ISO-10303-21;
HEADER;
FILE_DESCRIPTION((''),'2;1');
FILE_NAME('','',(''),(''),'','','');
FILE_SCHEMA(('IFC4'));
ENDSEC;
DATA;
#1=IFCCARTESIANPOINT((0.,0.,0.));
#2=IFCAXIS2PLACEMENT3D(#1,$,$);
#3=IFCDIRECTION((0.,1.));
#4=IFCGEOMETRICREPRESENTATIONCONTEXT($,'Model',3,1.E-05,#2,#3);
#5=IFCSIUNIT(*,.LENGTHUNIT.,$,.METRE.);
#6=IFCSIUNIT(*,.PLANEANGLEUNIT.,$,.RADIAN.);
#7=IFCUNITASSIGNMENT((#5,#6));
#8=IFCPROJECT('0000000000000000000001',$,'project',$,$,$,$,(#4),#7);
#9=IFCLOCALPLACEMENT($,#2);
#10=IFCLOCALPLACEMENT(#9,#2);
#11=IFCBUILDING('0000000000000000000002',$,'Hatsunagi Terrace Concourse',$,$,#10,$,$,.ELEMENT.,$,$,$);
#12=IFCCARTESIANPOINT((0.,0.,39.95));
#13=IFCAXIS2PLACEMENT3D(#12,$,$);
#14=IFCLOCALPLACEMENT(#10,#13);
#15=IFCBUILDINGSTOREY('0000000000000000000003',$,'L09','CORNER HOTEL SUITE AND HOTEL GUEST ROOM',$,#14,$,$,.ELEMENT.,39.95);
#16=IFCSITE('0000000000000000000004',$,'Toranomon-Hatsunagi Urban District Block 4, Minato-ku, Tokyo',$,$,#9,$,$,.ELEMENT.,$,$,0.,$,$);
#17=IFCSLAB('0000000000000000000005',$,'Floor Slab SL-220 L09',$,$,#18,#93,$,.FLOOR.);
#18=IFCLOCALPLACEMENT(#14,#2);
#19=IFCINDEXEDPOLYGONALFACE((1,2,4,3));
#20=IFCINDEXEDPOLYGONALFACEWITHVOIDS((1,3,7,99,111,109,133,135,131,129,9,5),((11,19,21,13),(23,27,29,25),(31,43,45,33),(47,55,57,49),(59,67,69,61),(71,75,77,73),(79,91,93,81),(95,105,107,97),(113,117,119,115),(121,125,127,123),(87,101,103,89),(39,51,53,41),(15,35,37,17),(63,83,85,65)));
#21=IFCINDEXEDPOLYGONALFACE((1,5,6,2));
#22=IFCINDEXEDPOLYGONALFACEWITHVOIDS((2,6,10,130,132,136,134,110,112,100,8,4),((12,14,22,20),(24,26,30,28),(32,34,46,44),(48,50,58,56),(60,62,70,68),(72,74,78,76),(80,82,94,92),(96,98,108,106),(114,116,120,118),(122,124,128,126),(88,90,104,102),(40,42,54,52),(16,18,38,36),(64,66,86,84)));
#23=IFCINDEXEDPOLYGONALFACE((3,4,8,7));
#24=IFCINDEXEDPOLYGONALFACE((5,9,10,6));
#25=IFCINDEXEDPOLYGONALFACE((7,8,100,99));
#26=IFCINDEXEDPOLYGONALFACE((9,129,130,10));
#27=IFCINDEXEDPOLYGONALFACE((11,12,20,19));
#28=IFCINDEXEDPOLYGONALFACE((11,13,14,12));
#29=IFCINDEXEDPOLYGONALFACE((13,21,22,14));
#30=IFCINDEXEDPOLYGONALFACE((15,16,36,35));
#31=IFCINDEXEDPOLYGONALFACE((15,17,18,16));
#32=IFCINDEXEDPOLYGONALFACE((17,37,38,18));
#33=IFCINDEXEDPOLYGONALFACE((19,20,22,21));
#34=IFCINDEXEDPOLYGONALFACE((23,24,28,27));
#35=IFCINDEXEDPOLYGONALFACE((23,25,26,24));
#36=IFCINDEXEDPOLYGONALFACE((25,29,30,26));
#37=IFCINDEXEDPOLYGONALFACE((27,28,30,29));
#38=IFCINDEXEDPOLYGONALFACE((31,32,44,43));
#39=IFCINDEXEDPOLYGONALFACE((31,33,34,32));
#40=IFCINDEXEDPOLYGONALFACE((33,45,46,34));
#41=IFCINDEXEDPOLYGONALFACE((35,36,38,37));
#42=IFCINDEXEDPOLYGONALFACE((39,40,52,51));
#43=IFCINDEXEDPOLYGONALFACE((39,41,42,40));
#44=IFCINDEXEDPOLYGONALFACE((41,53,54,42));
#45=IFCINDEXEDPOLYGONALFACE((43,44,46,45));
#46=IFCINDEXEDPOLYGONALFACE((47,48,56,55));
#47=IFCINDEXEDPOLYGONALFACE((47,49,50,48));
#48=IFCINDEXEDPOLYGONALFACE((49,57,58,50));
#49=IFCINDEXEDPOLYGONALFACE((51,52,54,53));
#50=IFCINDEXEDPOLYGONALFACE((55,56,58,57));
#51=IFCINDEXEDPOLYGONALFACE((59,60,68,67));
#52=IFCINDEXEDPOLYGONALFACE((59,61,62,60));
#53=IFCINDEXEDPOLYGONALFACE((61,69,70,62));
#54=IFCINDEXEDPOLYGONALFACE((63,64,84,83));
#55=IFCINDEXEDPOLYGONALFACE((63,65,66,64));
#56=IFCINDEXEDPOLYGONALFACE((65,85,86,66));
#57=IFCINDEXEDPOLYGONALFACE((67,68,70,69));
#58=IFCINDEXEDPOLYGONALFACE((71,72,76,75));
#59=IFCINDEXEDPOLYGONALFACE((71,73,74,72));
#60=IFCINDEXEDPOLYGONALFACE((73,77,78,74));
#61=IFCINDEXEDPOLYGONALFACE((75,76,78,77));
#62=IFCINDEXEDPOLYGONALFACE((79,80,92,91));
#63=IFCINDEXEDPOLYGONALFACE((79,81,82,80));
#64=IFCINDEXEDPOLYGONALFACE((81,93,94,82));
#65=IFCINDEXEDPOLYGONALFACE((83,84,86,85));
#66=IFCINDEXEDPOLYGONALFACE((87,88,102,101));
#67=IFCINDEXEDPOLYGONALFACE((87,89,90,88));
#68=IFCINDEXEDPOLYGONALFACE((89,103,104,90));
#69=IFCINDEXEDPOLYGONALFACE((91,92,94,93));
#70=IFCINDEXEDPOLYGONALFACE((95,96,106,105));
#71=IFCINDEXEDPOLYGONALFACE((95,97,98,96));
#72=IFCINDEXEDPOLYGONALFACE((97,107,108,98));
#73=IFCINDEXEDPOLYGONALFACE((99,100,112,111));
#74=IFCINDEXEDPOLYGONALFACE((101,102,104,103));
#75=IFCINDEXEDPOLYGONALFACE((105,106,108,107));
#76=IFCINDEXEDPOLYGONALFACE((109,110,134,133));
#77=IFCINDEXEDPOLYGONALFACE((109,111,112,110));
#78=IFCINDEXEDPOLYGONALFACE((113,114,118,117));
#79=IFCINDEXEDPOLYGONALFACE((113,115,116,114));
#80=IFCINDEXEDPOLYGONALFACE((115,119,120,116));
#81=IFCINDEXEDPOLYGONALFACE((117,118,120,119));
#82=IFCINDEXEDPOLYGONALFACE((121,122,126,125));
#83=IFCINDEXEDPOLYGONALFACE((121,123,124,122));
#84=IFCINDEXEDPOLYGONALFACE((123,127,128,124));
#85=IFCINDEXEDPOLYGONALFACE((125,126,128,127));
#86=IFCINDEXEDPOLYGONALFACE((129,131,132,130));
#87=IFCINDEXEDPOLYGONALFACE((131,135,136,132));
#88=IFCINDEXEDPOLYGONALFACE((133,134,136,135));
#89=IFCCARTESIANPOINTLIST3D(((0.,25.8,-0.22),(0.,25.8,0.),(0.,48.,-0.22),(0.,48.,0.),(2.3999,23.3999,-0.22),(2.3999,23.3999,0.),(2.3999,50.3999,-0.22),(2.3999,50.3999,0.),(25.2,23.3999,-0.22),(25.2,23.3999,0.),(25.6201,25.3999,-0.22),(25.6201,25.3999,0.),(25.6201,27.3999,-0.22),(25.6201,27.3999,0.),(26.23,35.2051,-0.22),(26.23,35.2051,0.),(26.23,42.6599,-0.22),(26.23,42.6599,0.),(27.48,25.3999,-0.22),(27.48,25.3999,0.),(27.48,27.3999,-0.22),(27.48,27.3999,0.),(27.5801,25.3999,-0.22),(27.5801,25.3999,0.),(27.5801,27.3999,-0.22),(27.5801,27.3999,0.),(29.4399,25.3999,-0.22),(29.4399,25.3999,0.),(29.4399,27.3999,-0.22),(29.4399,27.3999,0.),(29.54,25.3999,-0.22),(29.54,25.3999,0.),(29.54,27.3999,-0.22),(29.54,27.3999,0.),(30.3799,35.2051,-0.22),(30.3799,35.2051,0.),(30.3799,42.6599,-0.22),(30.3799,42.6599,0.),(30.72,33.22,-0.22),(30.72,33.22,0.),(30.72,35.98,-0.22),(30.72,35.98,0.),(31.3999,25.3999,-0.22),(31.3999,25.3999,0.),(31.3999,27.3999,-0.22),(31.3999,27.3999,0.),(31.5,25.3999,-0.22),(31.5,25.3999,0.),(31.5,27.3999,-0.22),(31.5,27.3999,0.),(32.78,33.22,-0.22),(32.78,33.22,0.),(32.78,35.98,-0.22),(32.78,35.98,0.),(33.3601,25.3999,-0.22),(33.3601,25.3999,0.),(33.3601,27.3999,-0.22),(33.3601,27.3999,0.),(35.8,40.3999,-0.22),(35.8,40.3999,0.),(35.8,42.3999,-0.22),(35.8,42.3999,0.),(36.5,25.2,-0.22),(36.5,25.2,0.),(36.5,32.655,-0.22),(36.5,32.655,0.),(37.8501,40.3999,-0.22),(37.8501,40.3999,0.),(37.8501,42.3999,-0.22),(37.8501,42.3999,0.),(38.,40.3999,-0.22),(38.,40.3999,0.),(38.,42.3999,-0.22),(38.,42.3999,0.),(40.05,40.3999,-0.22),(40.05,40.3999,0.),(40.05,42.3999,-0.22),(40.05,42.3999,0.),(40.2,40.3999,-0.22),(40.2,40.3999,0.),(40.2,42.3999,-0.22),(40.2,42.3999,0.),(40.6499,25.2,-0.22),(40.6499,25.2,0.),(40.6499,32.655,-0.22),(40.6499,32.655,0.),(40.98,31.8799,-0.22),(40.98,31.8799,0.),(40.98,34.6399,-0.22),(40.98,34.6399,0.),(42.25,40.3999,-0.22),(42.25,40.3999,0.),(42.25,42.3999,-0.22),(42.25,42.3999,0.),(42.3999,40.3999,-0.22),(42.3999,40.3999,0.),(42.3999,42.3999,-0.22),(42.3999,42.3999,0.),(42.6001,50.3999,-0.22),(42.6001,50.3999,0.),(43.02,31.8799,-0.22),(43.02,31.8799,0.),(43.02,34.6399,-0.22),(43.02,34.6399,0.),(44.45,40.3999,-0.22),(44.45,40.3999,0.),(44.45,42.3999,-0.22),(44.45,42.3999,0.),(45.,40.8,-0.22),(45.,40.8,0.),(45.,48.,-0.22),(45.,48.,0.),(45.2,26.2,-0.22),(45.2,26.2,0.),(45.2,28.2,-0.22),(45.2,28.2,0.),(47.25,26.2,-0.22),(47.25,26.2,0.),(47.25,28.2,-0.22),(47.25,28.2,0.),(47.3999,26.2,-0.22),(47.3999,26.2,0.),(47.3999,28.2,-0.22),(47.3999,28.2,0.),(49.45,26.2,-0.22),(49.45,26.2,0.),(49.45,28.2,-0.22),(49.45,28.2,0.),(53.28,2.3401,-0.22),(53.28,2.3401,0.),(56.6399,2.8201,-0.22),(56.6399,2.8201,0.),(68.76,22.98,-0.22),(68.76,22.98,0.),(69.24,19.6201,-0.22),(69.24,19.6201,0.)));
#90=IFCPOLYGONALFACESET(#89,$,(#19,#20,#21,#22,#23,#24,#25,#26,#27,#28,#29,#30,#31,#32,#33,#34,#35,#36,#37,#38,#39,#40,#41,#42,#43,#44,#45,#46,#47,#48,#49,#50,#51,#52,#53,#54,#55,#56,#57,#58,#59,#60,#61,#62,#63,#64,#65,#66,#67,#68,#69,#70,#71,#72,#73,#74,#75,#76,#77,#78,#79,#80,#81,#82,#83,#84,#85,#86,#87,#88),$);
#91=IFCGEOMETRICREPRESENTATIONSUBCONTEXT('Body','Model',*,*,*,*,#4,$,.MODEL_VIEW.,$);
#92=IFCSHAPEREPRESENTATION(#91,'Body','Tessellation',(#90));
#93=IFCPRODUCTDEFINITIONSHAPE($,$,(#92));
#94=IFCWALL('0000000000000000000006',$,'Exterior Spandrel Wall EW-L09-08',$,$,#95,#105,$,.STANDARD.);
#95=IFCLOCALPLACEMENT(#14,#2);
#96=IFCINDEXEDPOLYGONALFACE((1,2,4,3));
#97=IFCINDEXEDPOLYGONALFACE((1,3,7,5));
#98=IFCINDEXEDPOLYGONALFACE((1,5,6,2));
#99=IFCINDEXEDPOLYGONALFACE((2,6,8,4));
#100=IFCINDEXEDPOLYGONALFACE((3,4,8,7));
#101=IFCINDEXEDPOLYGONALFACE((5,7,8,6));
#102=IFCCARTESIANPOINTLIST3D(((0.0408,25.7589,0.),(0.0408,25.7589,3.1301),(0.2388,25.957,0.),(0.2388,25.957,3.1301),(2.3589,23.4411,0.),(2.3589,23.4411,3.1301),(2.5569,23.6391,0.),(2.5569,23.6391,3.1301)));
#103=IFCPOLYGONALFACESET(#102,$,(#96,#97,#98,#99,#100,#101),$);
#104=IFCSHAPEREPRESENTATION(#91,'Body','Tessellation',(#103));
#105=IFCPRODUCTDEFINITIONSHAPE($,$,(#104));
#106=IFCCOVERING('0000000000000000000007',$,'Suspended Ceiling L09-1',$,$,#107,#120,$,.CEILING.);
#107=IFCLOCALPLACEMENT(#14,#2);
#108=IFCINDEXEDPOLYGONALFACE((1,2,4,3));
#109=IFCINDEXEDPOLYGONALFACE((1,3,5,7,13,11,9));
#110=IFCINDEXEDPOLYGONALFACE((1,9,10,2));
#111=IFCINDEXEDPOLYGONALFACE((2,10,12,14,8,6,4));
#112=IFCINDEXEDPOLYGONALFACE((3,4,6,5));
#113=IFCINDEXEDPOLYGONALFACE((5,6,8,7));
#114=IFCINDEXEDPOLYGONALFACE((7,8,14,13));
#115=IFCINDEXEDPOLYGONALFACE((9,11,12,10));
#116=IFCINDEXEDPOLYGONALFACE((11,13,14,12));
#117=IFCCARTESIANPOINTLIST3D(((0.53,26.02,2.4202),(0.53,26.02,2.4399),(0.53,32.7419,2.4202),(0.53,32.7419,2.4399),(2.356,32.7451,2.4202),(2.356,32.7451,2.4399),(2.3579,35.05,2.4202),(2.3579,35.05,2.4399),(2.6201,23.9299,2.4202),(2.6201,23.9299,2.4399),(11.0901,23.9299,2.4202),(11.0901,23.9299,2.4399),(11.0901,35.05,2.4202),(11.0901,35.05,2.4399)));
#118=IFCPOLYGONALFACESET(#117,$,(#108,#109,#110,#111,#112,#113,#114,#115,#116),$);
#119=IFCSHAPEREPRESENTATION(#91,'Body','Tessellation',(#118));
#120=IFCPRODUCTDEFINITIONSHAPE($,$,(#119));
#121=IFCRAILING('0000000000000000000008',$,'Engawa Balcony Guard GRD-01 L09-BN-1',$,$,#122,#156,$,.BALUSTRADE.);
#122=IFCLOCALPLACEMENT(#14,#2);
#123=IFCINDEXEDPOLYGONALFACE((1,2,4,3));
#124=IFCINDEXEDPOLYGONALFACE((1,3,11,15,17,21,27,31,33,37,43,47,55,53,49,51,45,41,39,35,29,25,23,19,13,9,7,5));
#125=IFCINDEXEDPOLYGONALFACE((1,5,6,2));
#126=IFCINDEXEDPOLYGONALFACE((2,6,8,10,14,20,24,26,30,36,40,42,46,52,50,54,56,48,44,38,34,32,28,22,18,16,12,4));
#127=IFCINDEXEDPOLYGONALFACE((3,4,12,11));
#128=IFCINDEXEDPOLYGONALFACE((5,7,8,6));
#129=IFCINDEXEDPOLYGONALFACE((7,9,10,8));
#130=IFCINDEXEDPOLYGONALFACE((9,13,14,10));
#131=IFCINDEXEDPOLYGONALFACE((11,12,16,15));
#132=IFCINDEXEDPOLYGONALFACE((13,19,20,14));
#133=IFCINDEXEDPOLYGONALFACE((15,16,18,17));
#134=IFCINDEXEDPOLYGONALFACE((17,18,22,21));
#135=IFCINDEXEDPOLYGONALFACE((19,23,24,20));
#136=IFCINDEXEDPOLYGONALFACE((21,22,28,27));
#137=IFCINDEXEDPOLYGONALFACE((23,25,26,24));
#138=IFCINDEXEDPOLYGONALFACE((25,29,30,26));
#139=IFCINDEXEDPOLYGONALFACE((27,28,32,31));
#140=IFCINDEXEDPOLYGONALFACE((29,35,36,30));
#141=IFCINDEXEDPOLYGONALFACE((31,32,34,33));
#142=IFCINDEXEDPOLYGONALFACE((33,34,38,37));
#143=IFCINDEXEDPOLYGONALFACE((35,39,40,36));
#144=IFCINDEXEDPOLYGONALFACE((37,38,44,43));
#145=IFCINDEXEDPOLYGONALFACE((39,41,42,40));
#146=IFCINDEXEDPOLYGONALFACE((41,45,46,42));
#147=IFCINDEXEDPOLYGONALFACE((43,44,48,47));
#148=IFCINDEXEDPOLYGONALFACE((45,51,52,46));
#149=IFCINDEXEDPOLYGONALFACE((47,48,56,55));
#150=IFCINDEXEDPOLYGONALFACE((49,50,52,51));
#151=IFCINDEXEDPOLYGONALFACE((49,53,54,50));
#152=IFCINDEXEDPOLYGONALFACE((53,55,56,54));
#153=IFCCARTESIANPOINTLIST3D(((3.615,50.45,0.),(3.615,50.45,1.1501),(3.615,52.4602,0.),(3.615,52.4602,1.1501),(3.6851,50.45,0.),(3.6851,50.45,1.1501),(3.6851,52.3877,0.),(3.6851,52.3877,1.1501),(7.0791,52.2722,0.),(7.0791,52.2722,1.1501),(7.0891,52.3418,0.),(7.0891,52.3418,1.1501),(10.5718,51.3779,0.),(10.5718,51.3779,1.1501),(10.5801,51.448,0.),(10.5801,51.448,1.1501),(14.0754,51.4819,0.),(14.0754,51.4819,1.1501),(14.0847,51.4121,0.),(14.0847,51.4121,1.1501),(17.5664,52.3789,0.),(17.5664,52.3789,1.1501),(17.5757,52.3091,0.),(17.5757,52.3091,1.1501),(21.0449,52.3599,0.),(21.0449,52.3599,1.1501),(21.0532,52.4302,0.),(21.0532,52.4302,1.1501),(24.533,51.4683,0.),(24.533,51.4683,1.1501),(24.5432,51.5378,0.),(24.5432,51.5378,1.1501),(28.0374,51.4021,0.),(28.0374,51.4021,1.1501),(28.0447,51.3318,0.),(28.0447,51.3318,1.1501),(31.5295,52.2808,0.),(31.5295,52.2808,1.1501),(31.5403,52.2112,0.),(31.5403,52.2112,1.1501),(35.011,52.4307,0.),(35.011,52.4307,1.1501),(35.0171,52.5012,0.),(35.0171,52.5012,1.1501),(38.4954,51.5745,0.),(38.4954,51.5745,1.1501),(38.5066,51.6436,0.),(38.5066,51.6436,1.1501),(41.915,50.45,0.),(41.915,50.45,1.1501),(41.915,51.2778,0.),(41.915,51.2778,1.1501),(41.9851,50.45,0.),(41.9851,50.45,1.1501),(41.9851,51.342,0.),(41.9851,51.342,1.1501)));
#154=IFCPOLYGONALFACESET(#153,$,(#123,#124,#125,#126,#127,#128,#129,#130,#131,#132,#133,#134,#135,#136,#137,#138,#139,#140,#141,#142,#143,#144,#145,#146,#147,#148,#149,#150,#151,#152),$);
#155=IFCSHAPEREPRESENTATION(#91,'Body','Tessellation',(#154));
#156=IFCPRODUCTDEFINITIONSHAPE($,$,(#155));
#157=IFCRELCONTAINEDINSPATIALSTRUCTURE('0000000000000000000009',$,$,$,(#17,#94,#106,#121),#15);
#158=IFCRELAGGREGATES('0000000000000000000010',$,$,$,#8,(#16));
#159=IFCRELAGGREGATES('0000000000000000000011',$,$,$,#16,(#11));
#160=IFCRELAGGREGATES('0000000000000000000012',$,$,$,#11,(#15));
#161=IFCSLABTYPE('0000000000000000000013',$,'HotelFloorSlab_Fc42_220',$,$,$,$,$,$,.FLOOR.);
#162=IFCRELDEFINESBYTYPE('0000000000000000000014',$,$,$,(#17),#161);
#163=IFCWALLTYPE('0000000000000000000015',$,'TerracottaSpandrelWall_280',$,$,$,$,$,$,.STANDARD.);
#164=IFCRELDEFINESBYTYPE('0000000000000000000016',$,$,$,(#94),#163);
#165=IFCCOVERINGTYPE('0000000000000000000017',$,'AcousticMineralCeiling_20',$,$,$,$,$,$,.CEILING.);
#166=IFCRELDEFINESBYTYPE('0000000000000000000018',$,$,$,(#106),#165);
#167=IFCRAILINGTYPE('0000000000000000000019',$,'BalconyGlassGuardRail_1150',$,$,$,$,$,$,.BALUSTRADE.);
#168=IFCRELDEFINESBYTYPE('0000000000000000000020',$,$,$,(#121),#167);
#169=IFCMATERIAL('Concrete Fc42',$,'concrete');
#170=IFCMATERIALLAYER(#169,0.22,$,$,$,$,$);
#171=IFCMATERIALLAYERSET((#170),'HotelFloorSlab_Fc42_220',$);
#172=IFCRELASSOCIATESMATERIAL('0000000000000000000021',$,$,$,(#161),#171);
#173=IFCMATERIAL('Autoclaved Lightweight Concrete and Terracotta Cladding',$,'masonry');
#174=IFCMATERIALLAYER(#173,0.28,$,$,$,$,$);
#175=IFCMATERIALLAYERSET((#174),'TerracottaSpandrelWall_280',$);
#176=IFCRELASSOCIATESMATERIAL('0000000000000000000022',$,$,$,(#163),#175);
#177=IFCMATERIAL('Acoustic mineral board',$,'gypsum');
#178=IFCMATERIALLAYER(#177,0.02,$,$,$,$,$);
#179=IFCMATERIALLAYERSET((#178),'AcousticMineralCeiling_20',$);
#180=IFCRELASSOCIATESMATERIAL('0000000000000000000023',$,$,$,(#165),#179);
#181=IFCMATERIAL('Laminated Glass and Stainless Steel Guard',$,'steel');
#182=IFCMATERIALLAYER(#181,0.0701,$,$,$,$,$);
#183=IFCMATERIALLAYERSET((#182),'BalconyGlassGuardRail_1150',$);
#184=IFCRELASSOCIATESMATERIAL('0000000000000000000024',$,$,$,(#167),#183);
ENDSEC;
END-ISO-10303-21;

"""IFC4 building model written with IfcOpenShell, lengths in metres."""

from ifc_helpers import new_model, si_unit, direction, frame, frame_2d, origin, place, context, subcontext, project, spatial, polyline, rectangle, outline, extrude, material, layer, layer_set, type_object, element, save


model = new_model("IFC4")

# Units and contexts
model_context = context("Model", 3, precision=1e-05, world=origin(), true_north=direction((0.0, 1.0)))
body_context = subcontext(model_context, "Body", "Model", "MODEL_VIEW")
ifc_project = project(units=[si_unit("LENGTHUNIT", "METRE"), si_unit("PLANEANGLEUNIT", "RADIAN")], contexts=[model_context])

# Site, building, storey
site_placement = place(None, origin())
site = spatial("IfcSite", under=ifc_project, at=site_placement, Name="Toranomon-Hatsunagi Urban District Block 4, Minato-ku, Tokyo", CompositionType="ELEMENT", RefElevation=0.0)
building_placement = place(site_placement, origin())
building = spatial("IfcBuilding", under=site, at=building_placement, Name="Hatsunagi Terrace Concourse", CompositionType="ELEMENT")
storey_placement = place(building_placement, frame((0.0, 0.0, 39.95)))
storey = spatial("IfcBuildingStorey", under=building, at=storey_placement, Name="L09", Description="CORNER HOTEL SUITE AND HOTEL GUEST ROOM", CompositionType="ELEMENT", Elevation=39.95)

# Slab
ifc_material_1 = material(Name="Concrete Fc42", Category="concrete")
ifc_layer_1 = layer(ifc_material_1, 0.22)
ifc_layer_set_1 = layer_set([ifc_layer_1], Name="HotelFloorSlab_Fc42_220")
slab_type_1 = type_object("IfcSlabType", Name="HotelFloorSlab_Fc42_220", PredefinedType="FLOOR", material=ifc_layer_set_1)
slab_1_placement = place(storey_placement, frame((0.0, 0.0, -0.22)))
element("IfcSlab", 1, at=slab_1_placement, inside=storey, type_object=slab_type_1, Name="Floor Slab SL-220 L09", PredefinedType="FLOOR", context=body_context, shape_type="SweptSolid", body=[
    extrude(outline(polyline([(45.0, 40.8), (45.0, 48.0), (42.6001, 50.3999), (2.3999, 50.3999), (0.0, 48.0), (0.0, 25.8), (2.3999, 23.3999), (25.2, 23.3999), (53.28, 2.3401), (56.6399, 2.8201), (69.24, 19.6201), (68.76, 22.98), (45.0, 40.8)]), holes=[polyline([(26.23, 35.2051), (30.3799, 35.2051), (30.3799, 42.6599), (26.23, 42.6599), (26.23, 35.2051)]), polyline([(36.5, 25.2), (40.6499, 25.2), (40.6499, 32.655), (36.5, 32.655), (36.5, 25.2)]), polyline([(30.72, 33.22), (32.78, 33.22), (32.78, 35.98), (30.72, 35.98), (30.72, 33.22)]), polyline([(40.98, 31.8799), (43.02, 31.8799), (43.02, 34.6399), (40.98, 34.6399), (40.98, 31.8799)]), polyline([(25.6201, 25.3999), (27.48, 25.3999), (27.48, 27.3999), (25.6201, 27.3999), (25.6201, 25.3999)]), polyline([(27.5801, 25.3999), (29.4399, 25.3999), (29.4399, 27.3999), (27.5801, 27.3999), (27.5801, 25.3999)]), polyline([(29.54, 25.3999), (31.3999, 25.3999), (31.3999, 27.3999), (29.54, 27.3999), (29.54, 25.3999)]), polyline([(31.5, 25.3999), (33.3601, 25.3999), (33.3601, 27.3999), (31.5, 27.3999), (31.5, 25.3999)]), polyline([(35.8, 40.3999), (37.8501, 40.3999), (37.8501, 42.3999), (35.8, 42.3999), (35.8, 40.3999)]), polyline([(38.0, 40.3999), (40.05, 40.3999), (40.05, 42.3999), (38.0, 42.3999), (38.0, 40.3999)]), polyline([(40.2, 40.3999), (42.25, 40.3999), (42.25, 42.3999), (40.2, 42.3999), (40.2, 40.3999)]), polyline([(42.3999, 40.3999), (44.45, 40.3999), (44.45, 42.3999), (42.3999, 42.3999), (42.3999, 40.3999)]), polyline([(45.2, 26.2), (47.25, 26.2), (47.25, 28.2), (45.2, 28.2), (45.2, 26.2)]), polyline([(47.3999, 26.2), (49.45, 26.2), (49.45, 28.2), (47.3999, 28.2), (47.3999, 26.2)])]), origin(), (0.0, 0.0, 1.0), 0.22),
])

# Wall
ifc_material_2 = material(Name="Autoclaved Lightweight Concrete and Terracotta Cladding", Category="masonry")
ifc_layer_2 = layer(ifc_material_2, 0.28)
ifc_layer_set_2 = layer_set([ifc_layer_2], Name="TerracottaSpandrelWall_280")
wall_type = type_object("IfcWallType", Name="TerracottaSpandrelWall_280", PredefinedType="STANDARD", material=ifc_layer_set_2)
wall_placement = place(storey_placement, frame((2.458, 23.54, 0.0), z_axis=(0.0, 0.0, 1.0), x_axis=(-0.707144, 0.70707, 0.0)))
element("IfcWall", 2, at=wall_placement, inside=storey, type_object=wall_type, Name="Exterior Spandrel Wall EW-L09-08", PredefinedType="STANDARD", context=body_context, shape_type="SweptSolid", body=[
    extrude(rectangle(XDim=3.2781, YDim=0.28, at=frame_2d((1.6392, 0.0))), origin(), (0.0, 0.0, 1.0), 3.1301),
])

# Covering
ifc_material_3 = material(Name="Acoustic mineral board", Category="gypsum")
ifc_layer_3 = layer(ifc_material_3, 0.02)
ifc_layer_set_3 = layer_set([ifc_layer_3], Name="AcousticMineralCeiling_20")
covering_type_1 = type_object("IfcCoveringType", Name="AcousticMineralCeiling_20", PredefinedType="CEILING", material=ifc_layer_set_3)
covering_1_placement = place(storey_placement, frame((0.0, 0.0, 2.4202)))
element("IfcCovering", 3, at=covering_1_placement, inside=storey, type_object=covering_type_1, Name="Suspended Ceiling L09-1", PredefinedType="CEILING", context=body_context, shape_type="SweptSolid", body=[
    extrude(outline(polyline([(2.6201, 23.9299), (11.0901, 23.9299), (11.0901, 35.05), (2.3579, 35.05), (2.356, 32.7451), (0.53, 32.7419), (0.53, 26.02), (2.6201, 23.9299)])), origin(), (0.0, 0.0, 1.0), 0.0198),
])

# Railing
ifc_material_4 = material(Name="Laminated Glass and Stainless Steel Guard", Category="steel")
ifc_layer_4 = layer(ifc_material_4, 0.0701)
ifc_layer_set_4 = layer_set([ifc_layer_4], Name="BalconyGlassGuardRail_1150")
railing_type = type_object("IfcRailingType", Name="BalconyGlassGuardRail_1150", PredefinedType="BALUSTRADE", material=ifc_layer_set_4)
railing_1_placement = place(storey_placement, origin())
element("IfcRailing", 4, at=railing_1_placement, inside=storey, type_object=railing_type, Name="Engawa Balcony Guard GRD-01 L09-BN-1", PredefinedType="BALUSTRADE", context=body_context, shape_type="SweptSolid", body=[
    extrude(outline(polyline([(3.615, 50.45), (3.6851, 50.45), (3.6851, 52.3877), (7.0791, 52.2722), (10.5718, 51.3779), (14.0847, 51.4121), (17.5757, 52.3091), (21.0449, 52.3599), (24.533, 51.4683), (28.0447, 51.3318), (31.5403, 52.2112), (35.011, 52.4307), (38.4954, 51.5745), (41.915, 51.2778), (41.915, 50.45), (41.9851, 50.45), (41.9851, 51.342), (38.5066, 51.6436), (35.0171, 52.5012), (31.5295, 52.2808), (28.0374, 51.4021), (24.5432, 51.5378), (21.0532, 52.4302), (17.5664, 52.3789), (14.0754, 51.4819), (10.5801, 51.448), (7.0891, 52.3418), (3.615, 52.4602), (3.615, 50.45)])), origin(), (0.0, 0.0, 1.0), 1.1501),
])

save(model, "model.ifc")
